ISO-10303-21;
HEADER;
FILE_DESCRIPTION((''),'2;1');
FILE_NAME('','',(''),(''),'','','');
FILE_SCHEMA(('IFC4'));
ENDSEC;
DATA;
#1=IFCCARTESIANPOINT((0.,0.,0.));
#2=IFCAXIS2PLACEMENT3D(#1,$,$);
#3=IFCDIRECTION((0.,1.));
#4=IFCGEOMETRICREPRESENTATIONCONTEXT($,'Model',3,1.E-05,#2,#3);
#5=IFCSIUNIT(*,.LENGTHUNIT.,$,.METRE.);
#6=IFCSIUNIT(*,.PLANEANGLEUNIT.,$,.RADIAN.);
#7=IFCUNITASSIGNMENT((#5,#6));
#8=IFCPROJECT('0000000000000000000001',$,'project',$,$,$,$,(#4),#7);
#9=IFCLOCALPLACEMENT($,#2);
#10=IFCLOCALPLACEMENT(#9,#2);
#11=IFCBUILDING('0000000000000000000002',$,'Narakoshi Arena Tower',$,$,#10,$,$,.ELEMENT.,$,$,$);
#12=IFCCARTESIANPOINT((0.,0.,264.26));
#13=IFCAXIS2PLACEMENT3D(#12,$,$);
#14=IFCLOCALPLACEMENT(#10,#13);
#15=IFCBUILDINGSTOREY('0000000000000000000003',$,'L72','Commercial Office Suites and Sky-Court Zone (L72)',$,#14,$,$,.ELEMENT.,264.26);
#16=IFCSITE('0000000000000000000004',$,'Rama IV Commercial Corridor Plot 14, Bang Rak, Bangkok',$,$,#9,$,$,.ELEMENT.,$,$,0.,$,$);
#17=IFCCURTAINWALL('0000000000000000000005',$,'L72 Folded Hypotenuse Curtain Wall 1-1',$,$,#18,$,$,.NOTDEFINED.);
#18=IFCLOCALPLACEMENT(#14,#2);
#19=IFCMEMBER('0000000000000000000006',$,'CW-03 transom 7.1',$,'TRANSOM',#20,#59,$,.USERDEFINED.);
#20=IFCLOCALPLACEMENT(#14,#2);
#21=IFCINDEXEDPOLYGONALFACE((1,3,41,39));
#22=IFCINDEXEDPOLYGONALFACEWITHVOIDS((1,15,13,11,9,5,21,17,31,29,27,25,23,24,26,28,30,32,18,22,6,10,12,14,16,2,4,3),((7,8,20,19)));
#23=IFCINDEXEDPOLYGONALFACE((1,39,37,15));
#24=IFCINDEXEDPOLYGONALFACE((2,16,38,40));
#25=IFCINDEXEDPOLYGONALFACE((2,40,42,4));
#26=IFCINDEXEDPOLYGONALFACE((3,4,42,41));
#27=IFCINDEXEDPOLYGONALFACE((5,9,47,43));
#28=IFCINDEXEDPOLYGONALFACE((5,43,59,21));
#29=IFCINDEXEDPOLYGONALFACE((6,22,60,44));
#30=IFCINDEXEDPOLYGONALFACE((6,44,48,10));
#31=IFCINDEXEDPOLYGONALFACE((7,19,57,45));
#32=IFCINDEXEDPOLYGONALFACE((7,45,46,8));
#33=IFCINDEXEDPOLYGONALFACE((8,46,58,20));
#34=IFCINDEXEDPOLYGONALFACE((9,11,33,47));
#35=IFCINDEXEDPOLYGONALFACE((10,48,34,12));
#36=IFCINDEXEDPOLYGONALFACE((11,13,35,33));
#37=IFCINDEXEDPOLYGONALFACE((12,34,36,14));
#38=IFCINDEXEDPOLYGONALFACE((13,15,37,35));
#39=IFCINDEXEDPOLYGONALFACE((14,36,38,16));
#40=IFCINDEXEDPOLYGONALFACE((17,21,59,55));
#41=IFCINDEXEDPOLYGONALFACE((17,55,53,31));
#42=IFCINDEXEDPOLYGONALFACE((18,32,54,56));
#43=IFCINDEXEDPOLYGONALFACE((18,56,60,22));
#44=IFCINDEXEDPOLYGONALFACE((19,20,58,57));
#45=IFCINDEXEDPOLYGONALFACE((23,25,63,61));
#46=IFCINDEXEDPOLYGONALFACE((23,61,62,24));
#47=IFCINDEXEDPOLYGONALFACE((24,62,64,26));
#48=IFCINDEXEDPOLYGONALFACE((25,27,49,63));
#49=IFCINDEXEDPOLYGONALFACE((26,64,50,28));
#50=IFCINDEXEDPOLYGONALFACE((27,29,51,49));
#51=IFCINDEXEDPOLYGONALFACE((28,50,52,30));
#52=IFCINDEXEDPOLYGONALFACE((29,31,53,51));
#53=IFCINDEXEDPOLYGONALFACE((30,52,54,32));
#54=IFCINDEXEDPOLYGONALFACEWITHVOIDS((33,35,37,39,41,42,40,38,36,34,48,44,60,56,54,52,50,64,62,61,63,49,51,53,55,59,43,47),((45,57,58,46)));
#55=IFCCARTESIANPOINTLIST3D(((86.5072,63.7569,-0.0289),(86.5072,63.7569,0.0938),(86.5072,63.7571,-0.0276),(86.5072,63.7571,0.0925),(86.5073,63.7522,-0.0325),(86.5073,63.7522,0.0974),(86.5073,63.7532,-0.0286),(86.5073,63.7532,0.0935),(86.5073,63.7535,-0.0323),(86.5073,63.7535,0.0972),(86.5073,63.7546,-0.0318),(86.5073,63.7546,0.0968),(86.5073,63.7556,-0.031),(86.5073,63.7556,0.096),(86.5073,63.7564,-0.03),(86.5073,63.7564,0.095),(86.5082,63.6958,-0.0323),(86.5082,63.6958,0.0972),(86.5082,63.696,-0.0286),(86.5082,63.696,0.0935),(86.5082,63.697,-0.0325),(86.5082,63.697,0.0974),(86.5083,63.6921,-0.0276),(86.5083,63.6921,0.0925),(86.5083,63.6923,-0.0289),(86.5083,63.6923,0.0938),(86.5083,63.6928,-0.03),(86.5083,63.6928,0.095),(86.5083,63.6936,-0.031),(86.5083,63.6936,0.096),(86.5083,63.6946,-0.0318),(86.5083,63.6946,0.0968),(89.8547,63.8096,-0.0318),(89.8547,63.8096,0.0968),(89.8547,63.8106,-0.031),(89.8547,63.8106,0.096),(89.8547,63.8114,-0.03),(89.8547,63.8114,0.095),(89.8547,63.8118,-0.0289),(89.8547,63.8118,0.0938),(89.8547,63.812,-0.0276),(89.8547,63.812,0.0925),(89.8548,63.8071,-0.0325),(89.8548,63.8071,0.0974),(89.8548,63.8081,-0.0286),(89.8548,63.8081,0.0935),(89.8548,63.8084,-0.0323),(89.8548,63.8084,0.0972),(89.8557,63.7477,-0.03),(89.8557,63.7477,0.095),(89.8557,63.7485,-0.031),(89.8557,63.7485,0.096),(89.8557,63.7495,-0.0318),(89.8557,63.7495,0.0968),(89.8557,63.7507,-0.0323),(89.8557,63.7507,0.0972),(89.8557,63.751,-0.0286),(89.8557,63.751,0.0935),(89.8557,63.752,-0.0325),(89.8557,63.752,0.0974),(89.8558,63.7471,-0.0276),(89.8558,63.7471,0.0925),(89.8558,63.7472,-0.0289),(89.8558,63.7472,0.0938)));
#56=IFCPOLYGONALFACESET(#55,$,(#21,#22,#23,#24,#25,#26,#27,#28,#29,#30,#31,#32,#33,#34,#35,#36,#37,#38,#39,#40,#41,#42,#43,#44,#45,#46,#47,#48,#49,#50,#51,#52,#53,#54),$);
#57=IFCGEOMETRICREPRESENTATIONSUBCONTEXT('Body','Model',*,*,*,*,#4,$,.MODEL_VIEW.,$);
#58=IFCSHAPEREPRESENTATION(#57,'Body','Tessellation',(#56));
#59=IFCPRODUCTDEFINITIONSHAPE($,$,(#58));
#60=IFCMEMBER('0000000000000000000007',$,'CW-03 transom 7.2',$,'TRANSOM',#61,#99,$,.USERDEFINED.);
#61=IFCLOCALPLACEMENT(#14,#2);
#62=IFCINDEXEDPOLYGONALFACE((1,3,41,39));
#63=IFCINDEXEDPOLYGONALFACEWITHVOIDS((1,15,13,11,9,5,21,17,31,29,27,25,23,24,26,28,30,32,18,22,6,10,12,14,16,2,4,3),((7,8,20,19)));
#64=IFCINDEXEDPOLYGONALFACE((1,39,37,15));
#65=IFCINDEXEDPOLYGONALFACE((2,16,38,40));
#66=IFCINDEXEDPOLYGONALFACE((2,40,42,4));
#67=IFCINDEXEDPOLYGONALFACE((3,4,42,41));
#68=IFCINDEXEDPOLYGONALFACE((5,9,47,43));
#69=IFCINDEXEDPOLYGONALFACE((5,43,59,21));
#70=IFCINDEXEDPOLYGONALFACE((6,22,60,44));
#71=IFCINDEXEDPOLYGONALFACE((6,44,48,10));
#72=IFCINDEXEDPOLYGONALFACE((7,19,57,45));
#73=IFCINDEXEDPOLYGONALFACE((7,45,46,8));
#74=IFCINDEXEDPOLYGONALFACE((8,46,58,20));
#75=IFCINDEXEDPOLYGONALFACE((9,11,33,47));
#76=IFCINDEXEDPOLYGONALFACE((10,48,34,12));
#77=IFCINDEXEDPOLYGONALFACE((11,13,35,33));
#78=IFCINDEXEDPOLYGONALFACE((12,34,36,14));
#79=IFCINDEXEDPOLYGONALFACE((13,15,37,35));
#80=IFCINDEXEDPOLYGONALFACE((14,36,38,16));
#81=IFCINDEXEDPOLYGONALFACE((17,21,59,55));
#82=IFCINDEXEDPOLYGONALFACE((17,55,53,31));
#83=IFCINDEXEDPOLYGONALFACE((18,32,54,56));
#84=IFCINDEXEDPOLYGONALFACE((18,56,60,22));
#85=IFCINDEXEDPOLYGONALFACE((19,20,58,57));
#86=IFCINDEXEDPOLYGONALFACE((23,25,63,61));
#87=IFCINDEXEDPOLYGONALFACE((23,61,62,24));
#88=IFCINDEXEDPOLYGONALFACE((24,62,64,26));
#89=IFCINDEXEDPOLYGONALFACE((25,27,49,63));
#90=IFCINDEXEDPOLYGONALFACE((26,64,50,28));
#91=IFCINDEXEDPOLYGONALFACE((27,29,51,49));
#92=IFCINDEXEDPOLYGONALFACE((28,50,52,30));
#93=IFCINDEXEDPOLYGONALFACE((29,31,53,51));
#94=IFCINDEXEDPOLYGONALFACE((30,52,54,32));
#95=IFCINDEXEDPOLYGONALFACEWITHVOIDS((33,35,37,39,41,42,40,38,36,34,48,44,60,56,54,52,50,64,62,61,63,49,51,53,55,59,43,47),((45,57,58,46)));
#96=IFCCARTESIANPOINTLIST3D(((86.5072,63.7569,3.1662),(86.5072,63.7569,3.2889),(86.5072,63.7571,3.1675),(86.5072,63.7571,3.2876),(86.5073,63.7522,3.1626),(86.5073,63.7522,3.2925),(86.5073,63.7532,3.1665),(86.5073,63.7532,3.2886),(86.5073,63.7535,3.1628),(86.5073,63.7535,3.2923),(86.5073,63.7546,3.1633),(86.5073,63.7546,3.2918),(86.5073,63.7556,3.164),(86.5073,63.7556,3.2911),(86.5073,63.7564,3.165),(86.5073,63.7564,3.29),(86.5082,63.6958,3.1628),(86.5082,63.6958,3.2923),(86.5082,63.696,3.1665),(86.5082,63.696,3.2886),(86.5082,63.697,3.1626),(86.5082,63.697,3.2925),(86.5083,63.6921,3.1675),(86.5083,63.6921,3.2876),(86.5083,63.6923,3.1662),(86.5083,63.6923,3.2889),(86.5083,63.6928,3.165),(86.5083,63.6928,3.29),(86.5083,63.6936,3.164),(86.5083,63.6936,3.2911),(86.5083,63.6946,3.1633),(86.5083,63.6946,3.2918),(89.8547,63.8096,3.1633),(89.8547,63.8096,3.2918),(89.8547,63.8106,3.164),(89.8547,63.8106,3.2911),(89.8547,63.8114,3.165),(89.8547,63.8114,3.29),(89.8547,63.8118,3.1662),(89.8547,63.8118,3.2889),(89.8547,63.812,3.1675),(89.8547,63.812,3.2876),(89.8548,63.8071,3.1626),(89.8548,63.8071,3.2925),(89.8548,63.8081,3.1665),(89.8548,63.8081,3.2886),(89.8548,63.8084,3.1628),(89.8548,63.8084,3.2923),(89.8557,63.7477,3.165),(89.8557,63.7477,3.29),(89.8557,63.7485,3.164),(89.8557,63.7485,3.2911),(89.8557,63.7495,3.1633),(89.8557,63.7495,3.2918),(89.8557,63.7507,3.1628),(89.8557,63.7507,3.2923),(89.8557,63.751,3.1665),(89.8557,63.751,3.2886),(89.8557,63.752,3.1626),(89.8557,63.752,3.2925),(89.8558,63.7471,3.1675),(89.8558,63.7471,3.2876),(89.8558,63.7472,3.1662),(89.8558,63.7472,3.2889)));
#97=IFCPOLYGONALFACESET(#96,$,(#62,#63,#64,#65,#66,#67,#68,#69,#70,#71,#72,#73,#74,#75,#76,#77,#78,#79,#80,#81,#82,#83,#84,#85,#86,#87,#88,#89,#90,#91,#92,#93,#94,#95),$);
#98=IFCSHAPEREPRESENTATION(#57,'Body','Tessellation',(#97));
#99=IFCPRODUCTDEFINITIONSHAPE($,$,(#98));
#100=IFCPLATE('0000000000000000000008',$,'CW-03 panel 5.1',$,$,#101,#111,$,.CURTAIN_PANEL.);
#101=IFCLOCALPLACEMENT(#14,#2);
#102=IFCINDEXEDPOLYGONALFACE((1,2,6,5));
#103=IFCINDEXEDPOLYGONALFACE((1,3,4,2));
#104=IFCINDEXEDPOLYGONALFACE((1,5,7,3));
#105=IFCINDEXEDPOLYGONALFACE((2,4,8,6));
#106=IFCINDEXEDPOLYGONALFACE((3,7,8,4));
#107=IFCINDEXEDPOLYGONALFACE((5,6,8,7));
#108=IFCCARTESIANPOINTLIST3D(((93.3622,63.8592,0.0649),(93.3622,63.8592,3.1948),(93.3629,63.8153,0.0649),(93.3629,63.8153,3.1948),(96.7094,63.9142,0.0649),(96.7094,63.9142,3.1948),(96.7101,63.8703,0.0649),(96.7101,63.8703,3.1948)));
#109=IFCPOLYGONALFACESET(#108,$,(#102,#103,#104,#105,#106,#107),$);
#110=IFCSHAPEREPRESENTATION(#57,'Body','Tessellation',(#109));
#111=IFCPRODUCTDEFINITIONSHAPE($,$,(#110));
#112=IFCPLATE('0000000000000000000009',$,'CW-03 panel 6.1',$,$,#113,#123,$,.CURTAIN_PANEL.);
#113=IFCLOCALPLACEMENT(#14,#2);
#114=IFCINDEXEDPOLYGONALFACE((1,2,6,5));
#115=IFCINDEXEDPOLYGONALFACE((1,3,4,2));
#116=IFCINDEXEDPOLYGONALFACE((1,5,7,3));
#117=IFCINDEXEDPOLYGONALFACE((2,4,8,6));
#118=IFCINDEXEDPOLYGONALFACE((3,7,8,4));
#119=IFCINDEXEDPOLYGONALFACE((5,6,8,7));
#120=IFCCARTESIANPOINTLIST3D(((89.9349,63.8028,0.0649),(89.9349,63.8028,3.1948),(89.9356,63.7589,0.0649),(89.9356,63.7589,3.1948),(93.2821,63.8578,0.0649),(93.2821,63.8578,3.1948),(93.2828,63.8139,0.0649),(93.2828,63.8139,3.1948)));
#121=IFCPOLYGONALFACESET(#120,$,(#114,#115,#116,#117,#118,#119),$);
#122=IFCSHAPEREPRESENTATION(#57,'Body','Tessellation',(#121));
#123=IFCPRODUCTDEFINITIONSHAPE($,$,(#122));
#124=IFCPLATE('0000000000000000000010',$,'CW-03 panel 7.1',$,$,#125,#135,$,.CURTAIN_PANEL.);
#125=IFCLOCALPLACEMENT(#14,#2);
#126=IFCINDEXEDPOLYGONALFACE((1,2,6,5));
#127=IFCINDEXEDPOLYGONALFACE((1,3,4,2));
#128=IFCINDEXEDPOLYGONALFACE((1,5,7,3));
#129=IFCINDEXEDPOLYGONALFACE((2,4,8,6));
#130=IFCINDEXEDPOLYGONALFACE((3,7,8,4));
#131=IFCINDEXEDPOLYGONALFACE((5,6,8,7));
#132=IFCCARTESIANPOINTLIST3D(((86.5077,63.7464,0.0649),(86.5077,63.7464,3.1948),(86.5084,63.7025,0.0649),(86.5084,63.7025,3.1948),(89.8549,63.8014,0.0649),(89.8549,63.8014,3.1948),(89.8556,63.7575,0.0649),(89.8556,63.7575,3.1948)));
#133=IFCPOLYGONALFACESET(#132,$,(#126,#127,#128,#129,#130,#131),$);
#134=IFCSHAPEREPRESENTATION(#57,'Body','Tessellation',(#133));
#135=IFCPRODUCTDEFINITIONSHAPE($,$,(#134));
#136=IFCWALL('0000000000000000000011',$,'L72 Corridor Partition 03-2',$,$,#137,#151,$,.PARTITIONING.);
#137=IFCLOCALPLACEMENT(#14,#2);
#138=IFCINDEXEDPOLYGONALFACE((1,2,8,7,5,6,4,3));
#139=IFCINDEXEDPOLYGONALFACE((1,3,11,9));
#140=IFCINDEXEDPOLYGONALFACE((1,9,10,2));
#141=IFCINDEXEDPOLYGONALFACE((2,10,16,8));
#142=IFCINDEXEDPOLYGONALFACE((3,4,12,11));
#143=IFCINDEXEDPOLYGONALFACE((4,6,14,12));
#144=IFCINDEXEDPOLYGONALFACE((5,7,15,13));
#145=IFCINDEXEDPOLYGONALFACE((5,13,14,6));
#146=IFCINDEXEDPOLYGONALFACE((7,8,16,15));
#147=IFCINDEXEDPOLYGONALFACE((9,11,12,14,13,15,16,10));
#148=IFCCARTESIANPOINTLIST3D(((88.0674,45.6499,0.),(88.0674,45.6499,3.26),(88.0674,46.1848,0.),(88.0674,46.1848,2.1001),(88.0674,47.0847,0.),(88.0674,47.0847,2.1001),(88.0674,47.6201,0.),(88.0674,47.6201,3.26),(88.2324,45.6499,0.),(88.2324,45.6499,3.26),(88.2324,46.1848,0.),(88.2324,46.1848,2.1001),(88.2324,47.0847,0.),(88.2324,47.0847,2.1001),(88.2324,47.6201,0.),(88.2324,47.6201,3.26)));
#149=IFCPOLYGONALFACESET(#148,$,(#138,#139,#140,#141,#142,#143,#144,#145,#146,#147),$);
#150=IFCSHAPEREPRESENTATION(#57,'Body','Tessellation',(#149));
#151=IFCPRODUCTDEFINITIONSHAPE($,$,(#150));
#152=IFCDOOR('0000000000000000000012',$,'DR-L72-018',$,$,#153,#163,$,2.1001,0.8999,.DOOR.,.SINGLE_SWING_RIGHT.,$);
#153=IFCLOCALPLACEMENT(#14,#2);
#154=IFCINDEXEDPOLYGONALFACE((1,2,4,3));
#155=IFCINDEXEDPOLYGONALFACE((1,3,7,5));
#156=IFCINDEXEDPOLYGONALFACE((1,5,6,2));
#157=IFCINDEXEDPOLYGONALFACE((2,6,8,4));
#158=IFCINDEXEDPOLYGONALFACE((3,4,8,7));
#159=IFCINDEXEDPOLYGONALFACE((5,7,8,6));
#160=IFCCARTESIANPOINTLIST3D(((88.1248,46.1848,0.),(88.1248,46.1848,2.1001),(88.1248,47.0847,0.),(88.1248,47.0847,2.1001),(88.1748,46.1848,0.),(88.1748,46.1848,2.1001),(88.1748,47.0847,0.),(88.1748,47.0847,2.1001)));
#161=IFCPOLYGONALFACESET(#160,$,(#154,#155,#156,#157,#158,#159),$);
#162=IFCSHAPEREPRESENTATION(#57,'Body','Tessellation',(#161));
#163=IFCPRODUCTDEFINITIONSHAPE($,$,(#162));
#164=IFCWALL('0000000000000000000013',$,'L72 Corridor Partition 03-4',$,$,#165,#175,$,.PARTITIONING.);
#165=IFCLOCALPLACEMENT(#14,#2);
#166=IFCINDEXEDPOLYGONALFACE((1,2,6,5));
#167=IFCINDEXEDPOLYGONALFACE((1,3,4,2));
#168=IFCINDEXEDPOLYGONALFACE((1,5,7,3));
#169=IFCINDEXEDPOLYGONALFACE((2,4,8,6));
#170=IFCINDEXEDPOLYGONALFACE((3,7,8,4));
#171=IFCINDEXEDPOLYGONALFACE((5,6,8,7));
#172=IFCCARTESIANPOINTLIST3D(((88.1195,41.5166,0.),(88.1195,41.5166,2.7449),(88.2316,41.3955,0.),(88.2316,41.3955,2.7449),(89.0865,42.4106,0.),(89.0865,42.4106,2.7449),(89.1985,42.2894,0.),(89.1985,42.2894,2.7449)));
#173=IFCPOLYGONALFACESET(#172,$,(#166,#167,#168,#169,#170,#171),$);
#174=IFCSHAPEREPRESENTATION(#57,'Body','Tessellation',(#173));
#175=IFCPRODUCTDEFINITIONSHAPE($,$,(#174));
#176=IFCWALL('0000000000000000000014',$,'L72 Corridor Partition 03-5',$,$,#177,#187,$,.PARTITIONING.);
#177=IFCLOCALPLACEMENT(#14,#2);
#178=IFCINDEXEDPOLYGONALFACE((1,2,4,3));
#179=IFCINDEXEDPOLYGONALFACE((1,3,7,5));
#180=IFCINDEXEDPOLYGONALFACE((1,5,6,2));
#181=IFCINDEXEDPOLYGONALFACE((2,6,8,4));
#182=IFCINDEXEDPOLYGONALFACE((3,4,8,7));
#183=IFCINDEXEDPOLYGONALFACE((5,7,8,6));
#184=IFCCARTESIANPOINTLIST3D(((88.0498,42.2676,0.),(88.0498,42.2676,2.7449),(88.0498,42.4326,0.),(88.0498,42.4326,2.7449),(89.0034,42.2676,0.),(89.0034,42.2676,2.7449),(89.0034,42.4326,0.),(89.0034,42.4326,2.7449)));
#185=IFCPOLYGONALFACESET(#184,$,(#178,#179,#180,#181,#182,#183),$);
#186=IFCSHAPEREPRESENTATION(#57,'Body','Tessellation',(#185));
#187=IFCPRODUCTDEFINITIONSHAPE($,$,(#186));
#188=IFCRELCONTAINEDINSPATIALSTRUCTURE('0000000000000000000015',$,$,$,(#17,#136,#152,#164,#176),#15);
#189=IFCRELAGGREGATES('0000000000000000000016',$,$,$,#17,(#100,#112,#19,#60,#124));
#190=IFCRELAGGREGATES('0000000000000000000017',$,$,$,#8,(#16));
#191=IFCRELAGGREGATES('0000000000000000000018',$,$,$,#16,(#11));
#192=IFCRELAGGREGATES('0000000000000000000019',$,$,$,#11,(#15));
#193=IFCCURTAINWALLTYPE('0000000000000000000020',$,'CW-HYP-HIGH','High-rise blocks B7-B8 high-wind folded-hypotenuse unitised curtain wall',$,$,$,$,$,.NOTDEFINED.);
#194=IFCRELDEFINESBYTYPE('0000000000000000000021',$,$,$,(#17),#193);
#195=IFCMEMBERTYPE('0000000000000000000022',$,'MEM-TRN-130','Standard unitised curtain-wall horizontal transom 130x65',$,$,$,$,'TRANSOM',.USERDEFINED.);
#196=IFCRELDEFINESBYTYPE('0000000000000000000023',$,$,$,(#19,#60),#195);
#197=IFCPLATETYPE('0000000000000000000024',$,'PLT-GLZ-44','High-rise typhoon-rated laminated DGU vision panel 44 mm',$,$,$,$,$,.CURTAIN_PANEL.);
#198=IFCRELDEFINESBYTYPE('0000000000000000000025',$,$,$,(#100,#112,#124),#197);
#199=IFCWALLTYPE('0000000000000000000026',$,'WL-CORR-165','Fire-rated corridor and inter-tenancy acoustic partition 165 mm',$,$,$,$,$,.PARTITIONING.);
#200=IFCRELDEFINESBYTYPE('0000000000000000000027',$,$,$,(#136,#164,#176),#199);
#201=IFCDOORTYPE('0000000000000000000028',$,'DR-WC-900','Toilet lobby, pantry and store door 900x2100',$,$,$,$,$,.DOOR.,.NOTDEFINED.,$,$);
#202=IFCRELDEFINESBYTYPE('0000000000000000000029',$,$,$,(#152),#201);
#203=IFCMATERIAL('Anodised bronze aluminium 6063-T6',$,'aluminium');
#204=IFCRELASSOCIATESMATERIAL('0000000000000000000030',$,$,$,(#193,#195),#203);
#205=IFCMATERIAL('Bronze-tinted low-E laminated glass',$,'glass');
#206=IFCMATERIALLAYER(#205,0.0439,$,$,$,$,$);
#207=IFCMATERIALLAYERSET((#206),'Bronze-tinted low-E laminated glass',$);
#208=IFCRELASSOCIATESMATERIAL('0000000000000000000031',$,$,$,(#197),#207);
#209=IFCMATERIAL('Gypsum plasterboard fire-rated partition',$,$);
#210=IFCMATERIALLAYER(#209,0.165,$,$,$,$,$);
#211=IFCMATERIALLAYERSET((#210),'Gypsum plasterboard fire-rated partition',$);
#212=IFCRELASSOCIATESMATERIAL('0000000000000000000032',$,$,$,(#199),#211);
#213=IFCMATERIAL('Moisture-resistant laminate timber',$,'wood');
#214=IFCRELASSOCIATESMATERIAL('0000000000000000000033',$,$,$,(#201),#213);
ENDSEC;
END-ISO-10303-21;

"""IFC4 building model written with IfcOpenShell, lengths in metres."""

from ifc_helpers import new_model, si_unit, direction, frame, frame_2d, origin, origin_2d, place, context, subcontext, project, spatial, rectangle, hollow_rectangle, extrude, material, layer, layer_set, material_profile, profile_set, type_object, element, fill, aggregate, save


model = new_model("IFC4")

# Units and contexts
model_context = context("Model", 3, precision=1e-05, world=origin(), true_north=direction((0.0, 1.0)))
body_context = subcontext(model_context, "Body", "Model", "MODEL_VIEW")
ifc_project = project(units=[si_unit("LENGTHUNIT", "METRE"), si_unit("PLANEANGLEUNIT", "RADIAN")], contexts=[model_context])

# Site, building, storey
site_placement = place(None, origin())
site = spatial("IfcSite", under=ifc_project, at=site_placement, Name="Rama IV Commercial Corridor Plot 14, Bang Rak, Bangkok", CompositionType="ELEMENT", RefElevation=0.0)
building_placement = place(site_placement, origin())
building = spatial("IfcBuilding", under=site, at=building_placement, Name="Narakoshi Arena Tower", CompositionType="ELEMENT")
storey_placement = place(building_placement, frame((0.0, 0.0, 264.26)))
storey = spatial("IfcBuildingStorey", under=building, at=storey_placement, Name="L72", Description="Commercial Office Suites and Sky-Court Zone (L72)", CompositionType="ELEMENT", Elevation=264.26)

# Curtain wall, members, plates
ifc_material_1 = material(Name="Anodised bronze aluminium 6063-T6", Category="aluminium")
curtain_wall_type = type_object("IfcCurtainWallType", Name="CW-HYP-HIGH", Description="High-rise blocks B7-B8 high-wind folded-hypotenuse unitised curtain wall", PredefinedType="NOTDEFINED", material=ifc_material_1)
curtain_wall_placement = place(storey_placement, origin())
curtain_wall = element("IfcCurtainWall", 1, at=curtain_wall_placement, inside=storey, type_object=curtain_wall_type, Name="L72 Folded Hypotenuse Curtain Wall 1-1", PredefinedType="NOTDEFINED")
ifc_material_profile_1 = material_profile(ifc_material_1, hollow_rectangle(XDim=0.0649, YDim=0.1299, WallThickness=0.0039, OuterFilletRadius=0.0049, at=origin_2d()), Name="TRN130x65x4")
ifc_profile_set_1 = profile_set([ifc_material_profile_1], Name="Anodised bronze aluminium 6063-T6")
member_type_1 = type_object("IfcMemberType", Name="MEM-TRN-130", Description="Standard unitised curtain-wall horizontal transom 130x65", ElementType="TRANSOM", PredefinedType="USERDEFINED", material=ifc_profile_set_1)
member_1_placement = place(storey_placement, frame((89.8552, 63.7795, 0.0325), z_axis=(-0.999865, -0.016408, 0.0), x_axis=(0.016408, -0.999865, 0.0)))
member_1 = element("IfcMember", 2, at=member_1_placement, type_object=member_type_1, Name="CW-03 transom 7.1", ObjectType="TRANSOM", PredefinedType="USERDEFINED", context=body_context, shape_type="SweptSolid", body=[
    extrude(hollow_rectangle(XDim=0.0649, YDim=0.1299, WallThickness=0.0039, OuterFilletRadius=0.0049, at=origin_2d()), origin(), (0.0, 0.0, 1.0), 3.3479),
])
member_2_placement = place(storey_placement, frame((89.8552, 63.7795, 3.2275), z_axis=(-0.999865, -0.016408, 0.0), x_axis=(0.016408, -0.999865, 0.0)))
member_2 = element("IfcMember", 3, at=member_2_placement, type_object=member_type_1, Name="CW-03 transom 7.2", ObjectType="TRANSOM", PredefinedType="USERDEFINED", context=body_context, shape_type="SweptSolid", body=[
    extrude(hollow_rectangle(XDim=0.0649, YDim=0.1299, WallThickness=0.0039, OuterFilletRadius=0.0049, at=origin_2d()), origin(), (0.0, 0.0, 1.0), 3.3479),
])
ifc_material_2 = material(Name="Bronze-tinted low-E laminated glass", Category="glass")
ifc_layer_1 = layer(ifc_material_2, 0.0439)
ifc_layer_set_1 = layer_set([ifc_layer_1], Name="Bronze-tinted low-E laminated glass")
plate_type = type_object("IfcPlateType", Name="PLT-GLZ-44", Description="High-rise typhoon-rated laminated DGU vision panel 44 mm", PredefinedType="CURTAIN_PANEL", material=ifc_layer_set_1)
plate_1_placement = place(storey_placement, frame((95.0361, 63.8647, 0.0649), z_axis=(0.0, 0.0, 1.0), x_axis=(-0.999865, -0.016443, 0.0)))
plate_1 = element("IfcPlate", 4, at=plate_1_placement, type_object=plate_type, Name="CW-03 panel 5.1", PredefinedType="CURTAIN_PANEL", context=body_context, shape_type="SweptSolid", body=[
    extrude(rectangle(XDim=3.3477, YDim=0.0439, at=origin_2d()), origin(), (0.0, 0.0, 1.0), 3.1299),
])
plate_2_placement = place(storey_placement, frame((91.6089, 63.8083, 0.0649), z_axis=(0.0, 0.0, 1.0), x_axis=(-0.999865, -0.016443, 0.0)))
plate_2 = element("IfcPlate", 5, at=plate_2_placement, type_object=plate_type, Name="CW-03 panel 6.1", PredefinedType="CURTAIN_PANEL", context=body_context, shape_type="SweptSolid", body=[
    extrude(rectangle(XDim=3.3477, YDim=0.0439, at=origin_2d()), origin(), (0.0, 0.0, 1.0), 3.1299),
])
plate_3_placement = place(storey_placement, frame((88.1816, 63.752, 0.0649), z_axis=(0.0, 0.0, 1.0), x_axis=(-0.999865, -0.016443, 0.0)))
plate_3 = element("IfcPlate", 6, at=plate_3_placement, type_object=plate_type, Name="CW-03 panel 7.1", PredefinedType="CURTAIN_PANEL", context=body_context, shape_type="SweptSolid", body=[
    extrude(rectangle(XDim=3.3477, YDim=0.0439, at=origin_2d()), origin(), (0.0, 0.0, 1.0), 3.1299),
])
aggregate(curtain_wall, [plate_1, plate_2, member_1, member_2, plate_3])

# Wall, opening, door
ifc_material_3 = material(Name="Gypsum plasterboard fire-rated partition")
ifc_layer_2 = layer(ifc_material_3, 0.165)
ifc_layer_set_2 = layer_set([ifc_layer_2], Name="Gypsum plasterboard fire-rated partition")
wall_type_1 = type_object("IfcWallType", Name="WL-CORR-165", Description="Fire-rated corridor and inter-tenancy acoustic partition 165 mm", PredefinedType="PARTITIONING", material=ifc_layer_set_2)
wall_1_placement = place(storey_placement, frame((88.1499, 45.6499, 0.0), z_axis=(0.0, 0.0, 1.0), x_axis=(0.0, 1.0, 0.0)))
wall_1 = element("IfcWall", 7, at=wall_1_placement, inside=storey, type_object=wall_type_1, Name="L72 Corridor Partition 03-2", PredefinedType="PARTITIONING", context=body_context, shape_type="SweptSolid", body=[
    extrude(rectangle(XDim=1.9702, YDim=0.165, at=frame_2d((0.9851, 0.0))), origin(), (0.0, 0.0, 1.0), 3.26),
])
opening_placement = place(wall_1_placement, frame((0.5349, 0.0, 0.0)))
opening = element("IfcOpeningElement", 8, at=opening_placement, cuts=wall_1, PredefinedType="OPENING", context=body_context, shape_type="SweptSolid", body=[
    extrude(rectangle(XDim=0.8999, YDim=2.1001, at=frame_2d((0.45, 1.05))), frame((0.0, 0.0925, 0.0), z_axis=(0.0, -1.0, 0.0), x_axis=(1.0, 0.0, 0.0)), (0.0, 0.0, 1.0), 0.1851),
])
ifc_material_4 = material(Name="Moisture-resistant laminate timber", Category="wood")
door_type = type_object("IfcDoorType", Name="DR-WC-900", Description="Toilet lobby, pantry and store door 900x2100", OperationType="NOTDEFINED", PredefinedType="DOOR", material=ifc_material_4)
door_placement = place(opening_placement, frame((0.8999, 0.0, 0.0), z_axis=(0.0, 0.0, 1.0), x_axis=(-1.0, 0.0, 0.0)))
door = element("IfcDoor", 9, at=door_placement, inside=storey, type_object=door_type, Name="DR-L72-018", OperationType="SINGLE_SWING_RIGHT", OverallHeight=2.1001, OverallWidth=0.8999, PredefinedType="DOOR", context=body_context, shape_type="SweptSolid", body=[
    extrude(rectangle(XDim=0.8999, YDim=2.1001, at=frame_2d((0.45, 1.05))), frame((0.0, 0.0249, 0.0), z_axis=(0.0, -1.0, 0.0), x_axis=(1.0, 0.0, 0.0)), (0.0, 0.0, 1.0), 0.05),
])
fill(opening, door)

# Walls
wall_2_placement = place(storey_placement, frame((88.1755, 41.4561, 0.0), z_axis=(0.0, 0.0, 1.0), x_axis=(0.734277, 0.67885, 0.0)))
element("IfcWall", 10, at=wall_2_placement, inside=storey, type_object=wall_type_1, Name="L72 Corridor Partition 03-4", PredefinedType="PARTITIONING", context=body_context, shape_type="SweptSolid", body=[
    extrude(rectangle(XDim=1.3169, YDim=0.165, at=frame_2d((0.6584, 0.0))), origin(), (0.0, 0.0, 1.0), 2.7449),
])
wall_3_placement = place(storey_placement, frame((89.0034, 42.3501, 0.0), z_axis=(0.0, 0.0, 1.0), x_axis=(-1.0, 0.0, 0.0)))
element("IfcWall", 11, at=wall_3_placement, inside=storey, type_object=wall_type_1, Name="L72 Corridor Partition 03-5", PredefinedType="PARTITIONING", context=body_context, shape_type="SweptSolid", body=[
    extrude(rectangle(XDim=0.9536, YDim=0.165, at=frame_2d((0.4768, 0.0))), origin(), (0.0, 0.0, 1.0), 2.7449),
])

save(model, "model.ifc")
